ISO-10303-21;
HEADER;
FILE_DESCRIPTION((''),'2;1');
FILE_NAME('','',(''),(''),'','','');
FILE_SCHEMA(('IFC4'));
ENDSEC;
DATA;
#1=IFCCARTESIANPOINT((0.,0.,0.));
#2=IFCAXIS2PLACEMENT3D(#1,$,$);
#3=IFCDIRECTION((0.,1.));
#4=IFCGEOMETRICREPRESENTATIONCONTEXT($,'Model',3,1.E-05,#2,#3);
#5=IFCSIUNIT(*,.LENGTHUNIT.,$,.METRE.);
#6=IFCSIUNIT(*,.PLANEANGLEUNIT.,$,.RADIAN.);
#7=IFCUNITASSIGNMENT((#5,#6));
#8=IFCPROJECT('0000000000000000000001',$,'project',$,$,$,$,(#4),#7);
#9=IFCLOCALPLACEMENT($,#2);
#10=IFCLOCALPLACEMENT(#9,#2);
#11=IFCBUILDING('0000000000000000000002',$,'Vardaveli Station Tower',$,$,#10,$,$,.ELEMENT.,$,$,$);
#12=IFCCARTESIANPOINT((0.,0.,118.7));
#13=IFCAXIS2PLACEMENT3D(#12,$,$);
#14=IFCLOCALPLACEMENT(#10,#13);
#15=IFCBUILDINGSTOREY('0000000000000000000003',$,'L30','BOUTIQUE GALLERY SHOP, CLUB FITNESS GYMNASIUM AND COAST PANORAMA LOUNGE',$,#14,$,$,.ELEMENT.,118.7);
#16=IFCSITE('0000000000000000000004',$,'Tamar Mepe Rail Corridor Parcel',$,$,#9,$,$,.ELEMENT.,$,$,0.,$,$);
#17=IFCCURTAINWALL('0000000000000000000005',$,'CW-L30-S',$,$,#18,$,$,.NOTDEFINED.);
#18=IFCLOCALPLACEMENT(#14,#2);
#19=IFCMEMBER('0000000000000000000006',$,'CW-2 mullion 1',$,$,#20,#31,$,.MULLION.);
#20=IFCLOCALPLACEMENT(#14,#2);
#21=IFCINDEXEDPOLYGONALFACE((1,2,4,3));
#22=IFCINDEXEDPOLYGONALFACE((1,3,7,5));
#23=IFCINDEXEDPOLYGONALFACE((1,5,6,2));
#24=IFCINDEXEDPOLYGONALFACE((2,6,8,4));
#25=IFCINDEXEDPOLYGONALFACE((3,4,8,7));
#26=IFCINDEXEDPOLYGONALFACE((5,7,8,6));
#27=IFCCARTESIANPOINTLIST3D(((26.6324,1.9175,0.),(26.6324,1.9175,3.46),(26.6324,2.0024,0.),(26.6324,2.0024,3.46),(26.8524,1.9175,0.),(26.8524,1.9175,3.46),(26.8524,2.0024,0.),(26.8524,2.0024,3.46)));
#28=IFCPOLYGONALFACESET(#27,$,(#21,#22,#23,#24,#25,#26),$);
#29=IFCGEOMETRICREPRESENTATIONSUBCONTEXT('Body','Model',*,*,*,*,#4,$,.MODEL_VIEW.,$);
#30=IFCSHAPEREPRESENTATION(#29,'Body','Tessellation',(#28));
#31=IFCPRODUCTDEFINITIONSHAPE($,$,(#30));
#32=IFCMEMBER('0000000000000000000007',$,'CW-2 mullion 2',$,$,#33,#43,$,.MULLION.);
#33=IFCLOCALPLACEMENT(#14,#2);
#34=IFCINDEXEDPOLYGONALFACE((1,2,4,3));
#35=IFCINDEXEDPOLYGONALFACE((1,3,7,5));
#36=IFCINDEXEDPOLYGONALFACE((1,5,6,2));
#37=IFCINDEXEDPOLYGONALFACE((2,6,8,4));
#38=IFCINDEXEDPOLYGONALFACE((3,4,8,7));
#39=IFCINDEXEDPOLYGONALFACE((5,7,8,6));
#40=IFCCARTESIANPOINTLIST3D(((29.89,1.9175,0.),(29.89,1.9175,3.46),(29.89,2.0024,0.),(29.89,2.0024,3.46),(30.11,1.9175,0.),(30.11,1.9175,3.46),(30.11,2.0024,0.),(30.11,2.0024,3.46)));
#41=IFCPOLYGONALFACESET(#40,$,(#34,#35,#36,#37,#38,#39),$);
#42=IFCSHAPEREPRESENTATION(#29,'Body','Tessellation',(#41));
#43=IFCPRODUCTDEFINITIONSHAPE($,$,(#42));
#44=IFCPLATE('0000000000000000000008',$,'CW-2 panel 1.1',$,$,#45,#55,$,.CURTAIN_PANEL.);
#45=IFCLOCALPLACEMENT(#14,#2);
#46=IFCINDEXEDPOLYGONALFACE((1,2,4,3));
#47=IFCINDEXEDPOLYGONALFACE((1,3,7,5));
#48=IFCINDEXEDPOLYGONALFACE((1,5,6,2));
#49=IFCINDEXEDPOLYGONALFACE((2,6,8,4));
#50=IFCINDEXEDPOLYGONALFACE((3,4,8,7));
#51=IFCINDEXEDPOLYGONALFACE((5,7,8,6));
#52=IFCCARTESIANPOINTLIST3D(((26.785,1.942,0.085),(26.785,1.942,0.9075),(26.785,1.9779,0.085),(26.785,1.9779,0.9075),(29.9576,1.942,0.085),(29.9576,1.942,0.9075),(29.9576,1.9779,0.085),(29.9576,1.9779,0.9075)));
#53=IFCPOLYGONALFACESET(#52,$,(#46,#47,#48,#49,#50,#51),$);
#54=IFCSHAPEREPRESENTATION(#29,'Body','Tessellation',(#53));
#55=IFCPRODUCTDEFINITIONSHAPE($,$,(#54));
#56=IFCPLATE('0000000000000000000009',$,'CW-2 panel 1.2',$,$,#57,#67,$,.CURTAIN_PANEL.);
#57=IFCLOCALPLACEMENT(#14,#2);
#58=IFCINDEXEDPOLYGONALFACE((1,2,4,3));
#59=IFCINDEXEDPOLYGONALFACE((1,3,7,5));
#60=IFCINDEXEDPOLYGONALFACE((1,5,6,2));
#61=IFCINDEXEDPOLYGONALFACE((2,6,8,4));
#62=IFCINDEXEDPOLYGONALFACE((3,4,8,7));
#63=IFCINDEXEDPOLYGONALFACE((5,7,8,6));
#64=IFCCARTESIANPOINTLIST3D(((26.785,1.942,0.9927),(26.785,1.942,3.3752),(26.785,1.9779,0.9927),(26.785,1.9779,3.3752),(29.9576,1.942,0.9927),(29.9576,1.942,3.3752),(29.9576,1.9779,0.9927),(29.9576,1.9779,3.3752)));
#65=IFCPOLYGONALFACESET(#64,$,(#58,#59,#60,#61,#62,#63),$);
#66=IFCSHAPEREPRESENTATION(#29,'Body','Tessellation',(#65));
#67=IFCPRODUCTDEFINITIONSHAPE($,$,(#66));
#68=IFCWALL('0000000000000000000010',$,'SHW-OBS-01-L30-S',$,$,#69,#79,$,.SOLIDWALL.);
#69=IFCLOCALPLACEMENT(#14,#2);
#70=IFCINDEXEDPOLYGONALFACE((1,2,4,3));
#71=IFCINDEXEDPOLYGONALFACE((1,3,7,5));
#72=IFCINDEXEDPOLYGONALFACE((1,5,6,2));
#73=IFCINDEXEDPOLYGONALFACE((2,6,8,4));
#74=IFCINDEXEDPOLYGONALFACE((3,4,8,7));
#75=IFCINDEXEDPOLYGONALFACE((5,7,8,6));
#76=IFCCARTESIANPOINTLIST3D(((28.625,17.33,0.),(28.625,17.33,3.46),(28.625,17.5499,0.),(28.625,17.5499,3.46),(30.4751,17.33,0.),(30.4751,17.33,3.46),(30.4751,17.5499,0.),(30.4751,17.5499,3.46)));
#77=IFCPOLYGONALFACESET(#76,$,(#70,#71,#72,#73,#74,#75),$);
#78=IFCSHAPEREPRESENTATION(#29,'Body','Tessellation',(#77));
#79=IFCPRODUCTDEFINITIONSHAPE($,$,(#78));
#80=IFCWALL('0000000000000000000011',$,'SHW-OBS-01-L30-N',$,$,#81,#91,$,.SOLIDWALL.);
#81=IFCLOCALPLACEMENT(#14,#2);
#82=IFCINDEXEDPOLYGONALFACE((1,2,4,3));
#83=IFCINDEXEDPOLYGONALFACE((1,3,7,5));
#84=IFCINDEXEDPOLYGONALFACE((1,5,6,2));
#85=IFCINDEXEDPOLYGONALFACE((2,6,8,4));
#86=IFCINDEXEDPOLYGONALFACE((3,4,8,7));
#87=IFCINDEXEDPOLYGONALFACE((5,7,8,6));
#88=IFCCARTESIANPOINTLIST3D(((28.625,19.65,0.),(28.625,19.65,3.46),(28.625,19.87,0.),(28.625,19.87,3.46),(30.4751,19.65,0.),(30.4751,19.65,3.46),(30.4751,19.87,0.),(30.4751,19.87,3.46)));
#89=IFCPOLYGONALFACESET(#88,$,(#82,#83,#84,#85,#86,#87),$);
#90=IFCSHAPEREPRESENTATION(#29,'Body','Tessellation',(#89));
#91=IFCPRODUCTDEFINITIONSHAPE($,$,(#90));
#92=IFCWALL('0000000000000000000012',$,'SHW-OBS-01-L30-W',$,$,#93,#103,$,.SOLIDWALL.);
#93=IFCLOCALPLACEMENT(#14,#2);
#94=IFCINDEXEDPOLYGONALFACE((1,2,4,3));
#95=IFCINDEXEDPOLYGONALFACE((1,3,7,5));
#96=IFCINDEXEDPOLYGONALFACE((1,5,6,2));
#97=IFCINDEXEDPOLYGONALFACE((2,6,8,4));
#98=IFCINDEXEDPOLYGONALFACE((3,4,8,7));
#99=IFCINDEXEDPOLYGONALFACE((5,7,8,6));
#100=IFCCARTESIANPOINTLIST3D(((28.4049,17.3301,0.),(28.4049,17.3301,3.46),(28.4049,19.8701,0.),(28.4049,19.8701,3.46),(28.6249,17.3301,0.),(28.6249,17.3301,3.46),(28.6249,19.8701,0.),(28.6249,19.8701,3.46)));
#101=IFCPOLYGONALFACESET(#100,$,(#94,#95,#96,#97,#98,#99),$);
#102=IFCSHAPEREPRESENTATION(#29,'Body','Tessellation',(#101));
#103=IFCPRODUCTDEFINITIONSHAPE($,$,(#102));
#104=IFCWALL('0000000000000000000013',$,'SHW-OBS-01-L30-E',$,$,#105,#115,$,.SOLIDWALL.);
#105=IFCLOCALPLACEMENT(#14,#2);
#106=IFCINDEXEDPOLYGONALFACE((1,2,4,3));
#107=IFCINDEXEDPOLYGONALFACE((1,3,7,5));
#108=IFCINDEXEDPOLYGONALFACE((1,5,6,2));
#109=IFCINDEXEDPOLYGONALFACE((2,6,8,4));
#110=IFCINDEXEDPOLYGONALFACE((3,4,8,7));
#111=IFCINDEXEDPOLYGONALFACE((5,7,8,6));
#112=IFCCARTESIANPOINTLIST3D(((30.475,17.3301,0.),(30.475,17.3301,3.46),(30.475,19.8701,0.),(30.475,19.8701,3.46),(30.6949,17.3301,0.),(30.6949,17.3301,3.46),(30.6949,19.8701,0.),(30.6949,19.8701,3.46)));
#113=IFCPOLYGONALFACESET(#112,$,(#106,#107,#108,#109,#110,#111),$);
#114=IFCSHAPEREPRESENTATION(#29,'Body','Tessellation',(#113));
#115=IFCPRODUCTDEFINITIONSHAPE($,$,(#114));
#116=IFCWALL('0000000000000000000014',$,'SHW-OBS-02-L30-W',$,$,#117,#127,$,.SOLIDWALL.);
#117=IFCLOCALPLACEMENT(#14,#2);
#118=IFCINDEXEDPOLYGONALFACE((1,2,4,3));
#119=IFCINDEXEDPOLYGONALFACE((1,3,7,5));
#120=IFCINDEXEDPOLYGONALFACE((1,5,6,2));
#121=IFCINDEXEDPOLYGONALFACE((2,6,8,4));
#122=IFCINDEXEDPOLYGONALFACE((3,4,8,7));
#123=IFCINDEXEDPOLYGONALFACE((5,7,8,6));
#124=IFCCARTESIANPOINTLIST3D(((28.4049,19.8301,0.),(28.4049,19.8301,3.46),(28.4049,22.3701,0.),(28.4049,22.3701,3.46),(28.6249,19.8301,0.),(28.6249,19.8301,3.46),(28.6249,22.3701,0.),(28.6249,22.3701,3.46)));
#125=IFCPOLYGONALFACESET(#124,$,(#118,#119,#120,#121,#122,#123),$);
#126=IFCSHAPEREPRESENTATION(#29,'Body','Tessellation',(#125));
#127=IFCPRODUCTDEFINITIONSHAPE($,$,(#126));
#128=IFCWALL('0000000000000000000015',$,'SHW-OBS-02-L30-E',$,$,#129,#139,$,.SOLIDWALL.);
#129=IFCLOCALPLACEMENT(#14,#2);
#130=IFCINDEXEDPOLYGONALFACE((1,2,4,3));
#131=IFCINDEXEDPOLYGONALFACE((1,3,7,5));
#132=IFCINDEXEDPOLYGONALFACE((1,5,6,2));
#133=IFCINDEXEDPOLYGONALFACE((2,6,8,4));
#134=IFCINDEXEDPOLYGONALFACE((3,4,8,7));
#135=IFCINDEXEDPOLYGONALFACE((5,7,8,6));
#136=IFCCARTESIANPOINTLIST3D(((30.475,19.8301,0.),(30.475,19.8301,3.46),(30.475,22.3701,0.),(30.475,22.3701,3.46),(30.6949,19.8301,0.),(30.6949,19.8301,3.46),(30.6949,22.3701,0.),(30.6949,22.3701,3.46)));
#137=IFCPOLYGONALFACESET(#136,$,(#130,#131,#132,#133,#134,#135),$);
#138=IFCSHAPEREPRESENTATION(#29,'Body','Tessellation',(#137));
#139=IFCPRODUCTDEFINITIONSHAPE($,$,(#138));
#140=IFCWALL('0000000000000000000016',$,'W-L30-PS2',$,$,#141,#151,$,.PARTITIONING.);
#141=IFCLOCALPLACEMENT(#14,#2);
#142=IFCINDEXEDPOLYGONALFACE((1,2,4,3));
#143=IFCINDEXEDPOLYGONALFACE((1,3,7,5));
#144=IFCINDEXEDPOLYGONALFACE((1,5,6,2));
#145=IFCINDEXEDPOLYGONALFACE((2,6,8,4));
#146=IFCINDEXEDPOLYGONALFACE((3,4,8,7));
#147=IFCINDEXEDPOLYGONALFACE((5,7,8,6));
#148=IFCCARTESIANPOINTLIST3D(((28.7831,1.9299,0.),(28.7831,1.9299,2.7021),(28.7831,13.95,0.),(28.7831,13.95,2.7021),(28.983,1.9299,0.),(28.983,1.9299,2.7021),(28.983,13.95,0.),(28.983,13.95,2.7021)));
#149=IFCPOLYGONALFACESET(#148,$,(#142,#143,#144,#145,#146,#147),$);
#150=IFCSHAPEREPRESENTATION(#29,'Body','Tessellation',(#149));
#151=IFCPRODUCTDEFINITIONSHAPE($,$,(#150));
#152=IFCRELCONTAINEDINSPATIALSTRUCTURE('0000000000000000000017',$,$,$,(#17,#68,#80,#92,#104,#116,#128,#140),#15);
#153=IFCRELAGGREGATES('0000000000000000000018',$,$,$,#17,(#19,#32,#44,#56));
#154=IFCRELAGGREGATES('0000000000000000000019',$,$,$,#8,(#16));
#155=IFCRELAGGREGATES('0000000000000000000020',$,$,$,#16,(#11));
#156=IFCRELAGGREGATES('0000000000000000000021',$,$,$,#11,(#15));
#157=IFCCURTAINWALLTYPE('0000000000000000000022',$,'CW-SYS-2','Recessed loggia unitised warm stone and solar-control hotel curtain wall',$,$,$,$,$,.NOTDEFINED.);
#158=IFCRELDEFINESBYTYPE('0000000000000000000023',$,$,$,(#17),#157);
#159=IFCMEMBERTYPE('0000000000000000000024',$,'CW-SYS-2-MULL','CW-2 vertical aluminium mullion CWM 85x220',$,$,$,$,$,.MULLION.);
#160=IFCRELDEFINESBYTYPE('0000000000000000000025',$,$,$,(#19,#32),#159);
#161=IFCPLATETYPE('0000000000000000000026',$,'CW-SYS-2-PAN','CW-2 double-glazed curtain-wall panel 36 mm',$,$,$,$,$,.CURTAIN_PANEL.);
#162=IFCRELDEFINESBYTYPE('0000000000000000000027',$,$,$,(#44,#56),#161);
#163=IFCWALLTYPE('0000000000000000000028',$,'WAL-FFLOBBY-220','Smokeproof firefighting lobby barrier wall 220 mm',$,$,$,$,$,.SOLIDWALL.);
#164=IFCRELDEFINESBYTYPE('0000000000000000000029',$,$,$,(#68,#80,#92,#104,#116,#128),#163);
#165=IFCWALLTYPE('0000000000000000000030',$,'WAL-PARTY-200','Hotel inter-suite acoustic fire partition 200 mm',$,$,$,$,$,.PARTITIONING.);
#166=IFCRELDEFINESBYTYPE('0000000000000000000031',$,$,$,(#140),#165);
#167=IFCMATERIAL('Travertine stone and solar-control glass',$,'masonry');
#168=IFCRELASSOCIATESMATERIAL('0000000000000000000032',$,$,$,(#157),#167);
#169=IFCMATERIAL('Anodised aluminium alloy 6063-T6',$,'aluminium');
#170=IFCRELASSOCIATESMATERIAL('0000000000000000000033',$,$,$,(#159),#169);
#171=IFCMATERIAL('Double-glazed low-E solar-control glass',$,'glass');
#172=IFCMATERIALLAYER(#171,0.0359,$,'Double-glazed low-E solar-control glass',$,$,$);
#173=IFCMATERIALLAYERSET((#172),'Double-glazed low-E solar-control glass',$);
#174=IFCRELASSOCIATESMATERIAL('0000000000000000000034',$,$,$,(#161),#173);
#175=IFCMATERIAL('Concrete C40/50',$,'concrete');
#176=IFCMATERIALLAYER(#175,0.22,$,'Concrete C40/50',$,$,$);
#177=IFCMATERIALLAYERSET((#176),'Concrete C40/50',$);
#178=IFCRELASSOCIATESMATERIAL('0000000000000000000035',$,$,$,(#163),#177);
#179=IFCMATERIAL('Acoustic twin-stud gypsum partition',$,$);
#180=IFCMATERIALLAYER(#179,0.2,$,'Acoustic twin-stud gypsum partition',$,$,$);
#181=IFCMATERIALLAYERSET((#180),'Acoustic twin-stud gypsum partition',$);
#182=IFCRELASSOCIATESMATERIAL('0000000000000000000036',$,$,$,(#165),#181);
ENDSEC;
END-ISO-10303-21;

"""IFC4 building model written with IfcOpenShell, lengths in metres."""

from ifc_helpers import new_model, si_unit, direction, frame, frame_2d, origin, origin_2d, place, context, subcontext, project, spatial, rectangle, extrude, source, transform, mapped, material, layer, layer_set, material_profile, profile_set, type_object, element, aggregate, save


model = new_model("IFC4")

# Units and contexts
model_context = context("Model", 3, precision=1e-05, world=origin(), true_north=direction((0.0, 1.0)))
body_context = subcontext(model_context, "Body", "Model", "MODEL_VIEW")
ifc_project = project(units=[si_unit("LENGTHUNIT", "METRE"), si_unit("PLANEANGLEUNIT", "RADIAN")], contexts=[model_context])

# Site, building, storey
site_placement = place(None, origin())
site = spatial("IfcSite", under=ifc_project, at=site_placement, Name="Tamar Mepe Rail Corridor Parcel", CompositionType="ELEMENT", RefElevation=0.0)
building_placement = place(site_placement, origin())
building = spatial("IfcBuilding", under=site, at=building_placement, Name="Vardaveli Station Tower", CompositionType="ELEMENT")
storey_placement = place(building_placement, frame((0.0, 0.0, 118.7)))
storey = spatial("IfcBuildingStorey", under=building, at=storey_placement, Name="L30", Description="BOUTIQUE GALLERY SHOP, CLUB FITNESS GYMNASIUM AND COAST PANORAMA LOUNGE", CompositionType="ELEMENT", Elevation=118.7)

# Curtain wall, members, plates
ifc_material_1 = material(Name="Travertine stone and solar-control glass", Category="masonry")
curtain_wall_type = type_object("IfcCurtainWallType", Name="CW-SYS-2", Description="Recessed loggia unitised warm stone and solar-control hotel curtain wall", PredefinedType="NOTDEFINED", material=ifc_material_1)
curtain_wall_placement = place(storey_placement, origin())
curtain_wall = element("IfcCurtainWall", 1, at=curtain_wall_placement, inside=storey, type_object=curtain_wall_type, Name="CW-L30-S", PredefinedType="NOTDEFINED")
ifc_material_2 = material(Name="Anodised aluminium alloy 6063-T6", Category="aluminium")
ifc_material_profile_1 = material_profile(ifc_material_2, rectangle(XDim=0.085, YDim=0.22, at=origin_2d()), Name="CWM 85x220")
ifc_profile_set_1 = profile_set([ifc_material_profile_1], Name="Anodised aluminium alloy 6063-T6")
member_type_1 = type_object("IfcMemberType", Name="CW-SYS-2-MULL", Description="CW-2 vertical aluminium mullion CWM 85x220", PredefinedType="MULLION", material=ifc_profile_set_1)
shared_shape_1 = source(origin(), body_context, "Body", "SweptSolid", [
    extrude(rectangle(XDim=0.085, YDim=0.22, at=origin_2d()), origin(), (0.0, 0.0, 1.0), 3.46),
])
member_1_placement = place(storey_placement, frame((26.7424, 1.96, 0.0), z_axis=(0.0, 0.0, 1.0), x_axis=(0.0, 1.0, 0.0)))
member_1 = element("IfcMember", 2, at=member_1_placement, type_object=member_type_1, Name="CW-2 mullion 1", PredefinedType="MULLION", context=body_context, shape_type="MappedRepresentation", body=[
    mapped(shared_shape_1, transform((0.0, 0.0, 0.0), scale=1.0)),
])
member_2_placement = place(storey_placement, frame((30.0, 1.96, 0.0), z_axis=(0.0, 0.0, 1.0), x_axis=(0.0, 1.0, 0.0)))
member_2 = element("IfcMember", 3, at=member_2_placement, type_object=member_type_1, Name="CW-2 mullion 2", PredefinedType="MULLION", context=body_context, shape_type="MappedRepresentation", body=[
    mapped(shared_shape_1, transform((0.0, 0.0, 0.0), scale=1.0)),
])
ifc_material_3 = material(Name="Double-glazed low-E solar-control glass", Category="glass")
ifc_layer_1 = layer(ifc_material_3, 0.0359, Name="Double-glazed low-E solar-control glass")
ifc_layer_set_1 = layer_set([ifc_layer_1], Name="Double-glazed low-E solar-control glass")
plate_type = type_object("IfcPlateType", Name="CW-SYS-2-PAN", Description="CW-2 double-glazed curtain-wall panel 36 mm", PredefinedType="CURTAIN_PANEL", material=ifc_layer_set_1)
shared_shape_2 = source(origin(), body_context, "Body", "SweptSolid", [
    extrude(rectangle(XDim=3.1726, YDim=0.0359, at=origin_2d()), origin(), (0.0, 0.0, 1.0), 0.8225),
])
plate_1_placement = place(storey_placement, frame((28.3713, 1.96, 0.085), z_axis=(0.0, 0.0, 1.0), x_axis=(1.0, 0.0, 0.0)))
plate_1 = element("IfcPlate", 4, at=plate_1_placement, type_object=plate_type, Name="CW-2 panel 1.1", PredefinedType="CURTAIN_PANEL", context=body_context, shape_type="MappedRepresentation", body=[
    mapped(shared_shape_2, transform((0.0, 0.0, 0.0), scale=1.0)),
])
shared_shape_3 = source(origin(), body_context, "Body", "SweptSolid", [
    extrude(rectangle(XDim=3.1726, YDim=0.0359, at=origin_2d()), origin(), (0.0, 0.0, 1.0), 2.3826),
])
plate_2_placement = place(storey_placement, frame((28.3713, 1.96, 0.9927), z_axis=(0.0, 0.0, 1.0), x_axis=(1.0, 0.0, 0.0)))
plate_2 = element("IfcPlate", 5, at=plate_2_placement, type_object=plate_type, Name="CW-2 panel 1.2", PredefinedType="CURTAIN_PANEL", context=body_context, shape_type="MappedRepresentation", body=[
    mapped(shared_shape_3, transform((0.0, 0.0, 0.0), scale=1.0)),
])
aggregate(curtain_wall, [member_1, member_2, plate_1, plate_2])

# Walls
ifc_material_4 = material(Name="Concrete C40/50", Category="concrete")
ifc_layer_2 = layer(ifc_material_4, 0.22, Name="Concrete C40/50")
ifc_layer_set_2 = layer_set([ifc_layer_2], Name="Concrete C40/50")
wall_type_1 = type_object("IfcWallType", Name="WAL-FFLOBBY-220", Description="Smokeproof firefighting lobby barrier wall 220 mm", PredefinedType="SOLIDWALL", material=ifc_layer_set_2)
shared_shape_4 = source(origin(), body_context, "Body", "SweptSolid", [
    extrude(rectangle(XDim=1.8501, YDim=0.22, at=frame_2d((0.925, 0.0))), origin(), (0.0, 0.0, 1.0), 3.46),
])
for number, where, z_axis, x_axis, name in (
    (6, (28.625, 17.4399, 0.0), (0.0, 0.0, 1.0), (1.0, 0.0, 0.0), "SHW-OBS-01-L30-S"),
    (7, (28.625, 19.76, 0.0), (0.0, 0.0, 1.0), (1.0, 0.0, 0.0), "SHW-OBS-01-L30-N"),
):
    element("IfcWall", number, at=place(storey_placement, frame(where, z_axis=z_axis, x_axis=x_axis)), inside=storey, type_object=wall_type_1, Name=name, PredefinedType="SOLIDWALL", context=body_context, shape_type="MappedRepresentation", body=[
        mapped(shared_shape_4, transform((0.0, 0.0, 0.0), scale=1.0)),
    ])
shared_shape_5 = source(origin(), body_context, "Body", "SweptSolid", [
    extrude(rectangle(XDim=2.54, YDim=0.22, at=frame_2d((1.27, 0.0))), origin(), (0.0, 0.0, 1.0), 3.46),
])
for number, where, z_axis, x_axis, name in (
    (8, (28.5149, 17.3301, 0.0), (0.0, 0.0, 1.0), (0.0, 1.0, 0.0), "SHW-OBS-01-L30-W"),
    (9, (30.585, 17.3301, 0.0), (0.0, 0.0, 1.0), (0.0, 1.0, 0.0), "SHW-OBS-01-L30-E"),
    (10, (28.5149, 19.8301, 0.0), (0.0, 0.0, 1.0), (0.0, 1.0, 0.0), "SHW-OBS-02-L30-W"),
    (11, (30.585, 19.8301, 0.0), (0.0, 0.0, 1.0), (0.0, 1.0, 0.0), "SHW-OBS-02-L30-E"),
):
    element("IfcWall", number, at=place(storey_placement, frame(where, z_axis=z_axis, x_axis=x_axis)), inside=storey, type_object=wall_type_1, Name=name, PredefinedType="SOLIDWALL", context=body_context, shape_type="MappedRepresentation", body=[
        mapped(shared_shape_5, transform((0.0, 0.0, 0.0), scale=1.0)),
    ])
ifc_material_5 = material(Name="Acoustic twin-stud gypsum partition")
ifc_layer_3 = layer(ifc_material_5, 0.2, Name="Acoustic twin-stud gypsum partition")
ifc_layer_set_3 = layer_set([ifc_layer_3], Name="Acoustic twin-stud gypsum partition")
wall_type_2 = type_object("IfcWallType", Name="WAL-PARTY-200", Description="Hotel inter-suite acoustic fire partition 200 mm", PredefinedType="PARTITIONING", material=ifc_layer_set_3)
shared_shape_6 = source(origin(), body_context, "Body", "SweptSolid", [
    extrude(rectangle(XDim=12.02, YDim=0.2, at=frame_2d((6.01, 0.0))), origin(), (0.0, 0.0, 1.0), 2.7021),
])
wall_placement = place(storey_placement, frame((28.8831, 1.9299, 0.0), z_axis=(0.0, 0.0, 1.0), x_axis=(0.0, 1.0, 0.0)))
element("IfcWall", 12, at=wall_placement, inside=storey, type_object=wall_type_2, Name="W-L30-PS2", PredefinedType="PARTITIONING", context=body_context, shape_type="MappedRepresentation", body=[
    mapped(shared_shape_6, transform((0.0, 0.0, 0.0), scale=1.0)),
])

save(model, "model.ifc")
